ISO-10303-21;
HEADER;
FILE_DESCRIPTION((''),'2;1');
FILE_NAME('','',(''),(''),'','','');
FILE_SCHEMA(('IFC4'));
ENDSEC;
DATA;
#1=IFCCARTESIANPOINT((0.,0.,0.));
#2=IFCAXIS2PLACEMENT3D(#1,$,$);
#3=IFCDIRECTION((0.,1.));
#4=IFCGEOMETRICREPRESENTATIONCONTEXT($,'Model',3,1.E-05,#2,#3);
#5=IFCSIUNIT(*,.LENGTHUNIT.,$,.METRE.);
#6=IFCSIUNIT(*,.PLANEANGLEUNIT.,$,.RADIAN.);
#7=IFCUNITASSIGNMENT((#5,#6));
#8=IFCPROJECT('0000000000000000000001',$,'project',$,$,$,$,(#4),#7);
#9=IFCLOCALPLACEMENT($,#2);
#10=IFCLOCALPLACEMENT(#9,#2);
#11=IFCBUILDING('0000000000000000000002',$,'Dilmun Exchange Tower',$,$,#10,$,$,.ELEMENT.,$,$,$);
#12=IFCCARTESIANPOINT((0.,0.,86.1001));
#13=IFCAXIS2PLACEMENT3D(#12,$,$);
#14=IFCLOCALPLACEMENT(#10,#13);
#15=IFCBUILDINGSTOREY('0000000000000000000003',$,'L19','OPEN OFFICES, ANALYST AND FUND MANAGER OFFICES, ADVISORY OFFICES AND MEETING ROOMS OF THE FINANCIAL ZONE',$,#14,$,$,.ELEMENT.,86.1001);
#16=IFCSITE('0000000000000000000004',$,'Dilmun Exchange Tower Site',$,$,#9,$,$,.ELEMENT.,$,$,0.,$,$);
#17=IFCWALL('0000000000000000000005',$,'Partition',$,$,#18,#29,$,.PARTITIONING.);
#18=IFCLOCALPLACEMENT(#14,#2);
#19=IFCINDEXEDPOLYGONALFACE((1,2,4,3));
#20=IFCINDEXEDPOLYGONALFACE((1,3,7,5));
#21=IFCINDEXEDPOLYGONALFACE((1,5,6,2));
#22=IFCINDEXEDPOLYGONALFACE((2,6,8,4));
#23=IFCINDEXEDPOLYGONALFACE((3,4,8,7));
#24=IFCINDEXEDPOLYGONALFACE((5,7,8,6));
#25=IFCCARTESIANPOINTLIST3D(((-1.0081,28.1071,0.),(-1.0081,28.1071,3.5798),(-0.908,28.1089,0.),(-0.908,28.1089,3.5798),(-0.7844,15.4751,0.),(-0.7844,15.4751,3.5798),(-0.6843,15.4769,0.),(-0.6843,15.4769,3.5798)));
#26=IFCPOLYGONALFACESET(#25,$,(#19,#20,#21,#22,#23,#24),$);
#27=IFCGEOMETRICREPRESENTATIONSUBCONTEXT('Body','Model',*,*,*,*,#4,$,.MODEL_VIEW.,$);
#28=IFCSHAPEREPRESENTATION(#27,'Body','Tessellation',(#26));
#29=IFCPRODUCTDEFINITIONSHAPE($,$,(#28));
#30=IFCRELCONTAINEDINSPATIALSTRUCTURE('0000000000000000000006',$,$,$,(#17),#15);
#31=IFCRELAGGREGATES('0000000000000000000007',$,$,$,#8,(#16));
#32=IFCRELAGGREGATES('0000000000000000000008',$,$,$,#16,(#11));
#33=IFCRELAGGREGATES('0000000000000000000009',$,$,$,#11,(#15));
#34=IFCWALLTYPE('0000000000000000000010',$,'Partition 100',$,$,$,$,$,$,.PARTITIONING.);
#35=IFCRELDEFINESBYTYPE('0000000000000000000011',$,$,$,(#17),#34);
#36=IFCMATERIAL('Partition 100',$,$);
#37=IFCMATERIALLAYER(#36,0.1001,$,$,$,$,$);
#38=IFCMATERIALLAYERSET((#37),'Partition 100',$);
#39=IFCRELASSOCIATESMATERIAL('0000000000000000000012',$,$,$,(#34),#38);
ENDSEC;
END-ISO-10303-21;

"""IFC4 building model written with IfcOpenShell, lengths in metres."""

from ifc_helpers import new_model, si_unit, direction, frame, frame_2d, origin, place, context, subcontext, project, spatial, rectangle, extrude, material, layer, layer_set, type_object, element, save


model = new_model("IFC4")

# Units and contexts
model_context = context("Model", 3, precision=1e-05, world=origin(), true_north=direction((0.0, 1.0)))
body_context = subcontext(model_context, "Body", "Model", "MODEL_VIEW")
ifc_project = project(units=[si_unit("LENGTHUNIT", "METRE"), si_unit("PLANEANGLEUNIT", "RADIAN")], contexts=[model_context])

# Site, building, storey
site_placement = place(None, origin())
site = spatial("IfcSite", under=ifc_project, at=site_placement, Name="Dilmun Exchange Tower Site", CompositionType="ELEMENT", RefElevation=0.0)
building_placement = place(site_placement, origin())
building = spatial("IfcBuilding", under=site, at=building_placement, Name="Dilmun Exchange Tower", CompositionType="ELEMENT")
storey_placement = place(building_placement, frame((0.0, 0.0, 86.1001)))
storey = spatial("IfcBuildingStorey", under=building, at=storey_placement, Name="L19", Description="OPEN OFFICES, ANALYST AND FUND MANAGER OFFICES, ADVISORY OFFICES AND MEETING ROOMS OF THE FINANCIAL ZONE", CompositionType="ELEMENT", Elevation=86.1001)

# Wall
ifc_material_1 = material(Name="Partition 100")
ifc_layer_1 = layer(ifc_material_1, 0.1001)
ifc_layer_set_1 = layer_set([ifc_layer_1], Name="Partition 100")
wall_type_1 = type_object("IfcWallType", Name="Partition 100", PredefinedType="PARTITIONING", material=ifc_layer_set_1)
wall_1_placement = place(storey_placement, frame((-0.958, 28.1079, 0.0), z_axis=(0.0, 0.0, 1.0), x_axis=(0.017701, -0.999843, 0.0)))
element("IfcWall", 1, at=wall_1_placement, inside=storey, type_object=wall_type_1, Name="Partition", PredefinedType="PARTITIONING", context=body_context, shape_type="SweptSolid", body=[
    extrude(rectangle(XDim=12.634, YDim=0.1001, at=frame_2d((6.3169, 0.0))), origin(), (0.0, 0.0, 1.0), 3.5798),
])

save(model, "model.ifc")
